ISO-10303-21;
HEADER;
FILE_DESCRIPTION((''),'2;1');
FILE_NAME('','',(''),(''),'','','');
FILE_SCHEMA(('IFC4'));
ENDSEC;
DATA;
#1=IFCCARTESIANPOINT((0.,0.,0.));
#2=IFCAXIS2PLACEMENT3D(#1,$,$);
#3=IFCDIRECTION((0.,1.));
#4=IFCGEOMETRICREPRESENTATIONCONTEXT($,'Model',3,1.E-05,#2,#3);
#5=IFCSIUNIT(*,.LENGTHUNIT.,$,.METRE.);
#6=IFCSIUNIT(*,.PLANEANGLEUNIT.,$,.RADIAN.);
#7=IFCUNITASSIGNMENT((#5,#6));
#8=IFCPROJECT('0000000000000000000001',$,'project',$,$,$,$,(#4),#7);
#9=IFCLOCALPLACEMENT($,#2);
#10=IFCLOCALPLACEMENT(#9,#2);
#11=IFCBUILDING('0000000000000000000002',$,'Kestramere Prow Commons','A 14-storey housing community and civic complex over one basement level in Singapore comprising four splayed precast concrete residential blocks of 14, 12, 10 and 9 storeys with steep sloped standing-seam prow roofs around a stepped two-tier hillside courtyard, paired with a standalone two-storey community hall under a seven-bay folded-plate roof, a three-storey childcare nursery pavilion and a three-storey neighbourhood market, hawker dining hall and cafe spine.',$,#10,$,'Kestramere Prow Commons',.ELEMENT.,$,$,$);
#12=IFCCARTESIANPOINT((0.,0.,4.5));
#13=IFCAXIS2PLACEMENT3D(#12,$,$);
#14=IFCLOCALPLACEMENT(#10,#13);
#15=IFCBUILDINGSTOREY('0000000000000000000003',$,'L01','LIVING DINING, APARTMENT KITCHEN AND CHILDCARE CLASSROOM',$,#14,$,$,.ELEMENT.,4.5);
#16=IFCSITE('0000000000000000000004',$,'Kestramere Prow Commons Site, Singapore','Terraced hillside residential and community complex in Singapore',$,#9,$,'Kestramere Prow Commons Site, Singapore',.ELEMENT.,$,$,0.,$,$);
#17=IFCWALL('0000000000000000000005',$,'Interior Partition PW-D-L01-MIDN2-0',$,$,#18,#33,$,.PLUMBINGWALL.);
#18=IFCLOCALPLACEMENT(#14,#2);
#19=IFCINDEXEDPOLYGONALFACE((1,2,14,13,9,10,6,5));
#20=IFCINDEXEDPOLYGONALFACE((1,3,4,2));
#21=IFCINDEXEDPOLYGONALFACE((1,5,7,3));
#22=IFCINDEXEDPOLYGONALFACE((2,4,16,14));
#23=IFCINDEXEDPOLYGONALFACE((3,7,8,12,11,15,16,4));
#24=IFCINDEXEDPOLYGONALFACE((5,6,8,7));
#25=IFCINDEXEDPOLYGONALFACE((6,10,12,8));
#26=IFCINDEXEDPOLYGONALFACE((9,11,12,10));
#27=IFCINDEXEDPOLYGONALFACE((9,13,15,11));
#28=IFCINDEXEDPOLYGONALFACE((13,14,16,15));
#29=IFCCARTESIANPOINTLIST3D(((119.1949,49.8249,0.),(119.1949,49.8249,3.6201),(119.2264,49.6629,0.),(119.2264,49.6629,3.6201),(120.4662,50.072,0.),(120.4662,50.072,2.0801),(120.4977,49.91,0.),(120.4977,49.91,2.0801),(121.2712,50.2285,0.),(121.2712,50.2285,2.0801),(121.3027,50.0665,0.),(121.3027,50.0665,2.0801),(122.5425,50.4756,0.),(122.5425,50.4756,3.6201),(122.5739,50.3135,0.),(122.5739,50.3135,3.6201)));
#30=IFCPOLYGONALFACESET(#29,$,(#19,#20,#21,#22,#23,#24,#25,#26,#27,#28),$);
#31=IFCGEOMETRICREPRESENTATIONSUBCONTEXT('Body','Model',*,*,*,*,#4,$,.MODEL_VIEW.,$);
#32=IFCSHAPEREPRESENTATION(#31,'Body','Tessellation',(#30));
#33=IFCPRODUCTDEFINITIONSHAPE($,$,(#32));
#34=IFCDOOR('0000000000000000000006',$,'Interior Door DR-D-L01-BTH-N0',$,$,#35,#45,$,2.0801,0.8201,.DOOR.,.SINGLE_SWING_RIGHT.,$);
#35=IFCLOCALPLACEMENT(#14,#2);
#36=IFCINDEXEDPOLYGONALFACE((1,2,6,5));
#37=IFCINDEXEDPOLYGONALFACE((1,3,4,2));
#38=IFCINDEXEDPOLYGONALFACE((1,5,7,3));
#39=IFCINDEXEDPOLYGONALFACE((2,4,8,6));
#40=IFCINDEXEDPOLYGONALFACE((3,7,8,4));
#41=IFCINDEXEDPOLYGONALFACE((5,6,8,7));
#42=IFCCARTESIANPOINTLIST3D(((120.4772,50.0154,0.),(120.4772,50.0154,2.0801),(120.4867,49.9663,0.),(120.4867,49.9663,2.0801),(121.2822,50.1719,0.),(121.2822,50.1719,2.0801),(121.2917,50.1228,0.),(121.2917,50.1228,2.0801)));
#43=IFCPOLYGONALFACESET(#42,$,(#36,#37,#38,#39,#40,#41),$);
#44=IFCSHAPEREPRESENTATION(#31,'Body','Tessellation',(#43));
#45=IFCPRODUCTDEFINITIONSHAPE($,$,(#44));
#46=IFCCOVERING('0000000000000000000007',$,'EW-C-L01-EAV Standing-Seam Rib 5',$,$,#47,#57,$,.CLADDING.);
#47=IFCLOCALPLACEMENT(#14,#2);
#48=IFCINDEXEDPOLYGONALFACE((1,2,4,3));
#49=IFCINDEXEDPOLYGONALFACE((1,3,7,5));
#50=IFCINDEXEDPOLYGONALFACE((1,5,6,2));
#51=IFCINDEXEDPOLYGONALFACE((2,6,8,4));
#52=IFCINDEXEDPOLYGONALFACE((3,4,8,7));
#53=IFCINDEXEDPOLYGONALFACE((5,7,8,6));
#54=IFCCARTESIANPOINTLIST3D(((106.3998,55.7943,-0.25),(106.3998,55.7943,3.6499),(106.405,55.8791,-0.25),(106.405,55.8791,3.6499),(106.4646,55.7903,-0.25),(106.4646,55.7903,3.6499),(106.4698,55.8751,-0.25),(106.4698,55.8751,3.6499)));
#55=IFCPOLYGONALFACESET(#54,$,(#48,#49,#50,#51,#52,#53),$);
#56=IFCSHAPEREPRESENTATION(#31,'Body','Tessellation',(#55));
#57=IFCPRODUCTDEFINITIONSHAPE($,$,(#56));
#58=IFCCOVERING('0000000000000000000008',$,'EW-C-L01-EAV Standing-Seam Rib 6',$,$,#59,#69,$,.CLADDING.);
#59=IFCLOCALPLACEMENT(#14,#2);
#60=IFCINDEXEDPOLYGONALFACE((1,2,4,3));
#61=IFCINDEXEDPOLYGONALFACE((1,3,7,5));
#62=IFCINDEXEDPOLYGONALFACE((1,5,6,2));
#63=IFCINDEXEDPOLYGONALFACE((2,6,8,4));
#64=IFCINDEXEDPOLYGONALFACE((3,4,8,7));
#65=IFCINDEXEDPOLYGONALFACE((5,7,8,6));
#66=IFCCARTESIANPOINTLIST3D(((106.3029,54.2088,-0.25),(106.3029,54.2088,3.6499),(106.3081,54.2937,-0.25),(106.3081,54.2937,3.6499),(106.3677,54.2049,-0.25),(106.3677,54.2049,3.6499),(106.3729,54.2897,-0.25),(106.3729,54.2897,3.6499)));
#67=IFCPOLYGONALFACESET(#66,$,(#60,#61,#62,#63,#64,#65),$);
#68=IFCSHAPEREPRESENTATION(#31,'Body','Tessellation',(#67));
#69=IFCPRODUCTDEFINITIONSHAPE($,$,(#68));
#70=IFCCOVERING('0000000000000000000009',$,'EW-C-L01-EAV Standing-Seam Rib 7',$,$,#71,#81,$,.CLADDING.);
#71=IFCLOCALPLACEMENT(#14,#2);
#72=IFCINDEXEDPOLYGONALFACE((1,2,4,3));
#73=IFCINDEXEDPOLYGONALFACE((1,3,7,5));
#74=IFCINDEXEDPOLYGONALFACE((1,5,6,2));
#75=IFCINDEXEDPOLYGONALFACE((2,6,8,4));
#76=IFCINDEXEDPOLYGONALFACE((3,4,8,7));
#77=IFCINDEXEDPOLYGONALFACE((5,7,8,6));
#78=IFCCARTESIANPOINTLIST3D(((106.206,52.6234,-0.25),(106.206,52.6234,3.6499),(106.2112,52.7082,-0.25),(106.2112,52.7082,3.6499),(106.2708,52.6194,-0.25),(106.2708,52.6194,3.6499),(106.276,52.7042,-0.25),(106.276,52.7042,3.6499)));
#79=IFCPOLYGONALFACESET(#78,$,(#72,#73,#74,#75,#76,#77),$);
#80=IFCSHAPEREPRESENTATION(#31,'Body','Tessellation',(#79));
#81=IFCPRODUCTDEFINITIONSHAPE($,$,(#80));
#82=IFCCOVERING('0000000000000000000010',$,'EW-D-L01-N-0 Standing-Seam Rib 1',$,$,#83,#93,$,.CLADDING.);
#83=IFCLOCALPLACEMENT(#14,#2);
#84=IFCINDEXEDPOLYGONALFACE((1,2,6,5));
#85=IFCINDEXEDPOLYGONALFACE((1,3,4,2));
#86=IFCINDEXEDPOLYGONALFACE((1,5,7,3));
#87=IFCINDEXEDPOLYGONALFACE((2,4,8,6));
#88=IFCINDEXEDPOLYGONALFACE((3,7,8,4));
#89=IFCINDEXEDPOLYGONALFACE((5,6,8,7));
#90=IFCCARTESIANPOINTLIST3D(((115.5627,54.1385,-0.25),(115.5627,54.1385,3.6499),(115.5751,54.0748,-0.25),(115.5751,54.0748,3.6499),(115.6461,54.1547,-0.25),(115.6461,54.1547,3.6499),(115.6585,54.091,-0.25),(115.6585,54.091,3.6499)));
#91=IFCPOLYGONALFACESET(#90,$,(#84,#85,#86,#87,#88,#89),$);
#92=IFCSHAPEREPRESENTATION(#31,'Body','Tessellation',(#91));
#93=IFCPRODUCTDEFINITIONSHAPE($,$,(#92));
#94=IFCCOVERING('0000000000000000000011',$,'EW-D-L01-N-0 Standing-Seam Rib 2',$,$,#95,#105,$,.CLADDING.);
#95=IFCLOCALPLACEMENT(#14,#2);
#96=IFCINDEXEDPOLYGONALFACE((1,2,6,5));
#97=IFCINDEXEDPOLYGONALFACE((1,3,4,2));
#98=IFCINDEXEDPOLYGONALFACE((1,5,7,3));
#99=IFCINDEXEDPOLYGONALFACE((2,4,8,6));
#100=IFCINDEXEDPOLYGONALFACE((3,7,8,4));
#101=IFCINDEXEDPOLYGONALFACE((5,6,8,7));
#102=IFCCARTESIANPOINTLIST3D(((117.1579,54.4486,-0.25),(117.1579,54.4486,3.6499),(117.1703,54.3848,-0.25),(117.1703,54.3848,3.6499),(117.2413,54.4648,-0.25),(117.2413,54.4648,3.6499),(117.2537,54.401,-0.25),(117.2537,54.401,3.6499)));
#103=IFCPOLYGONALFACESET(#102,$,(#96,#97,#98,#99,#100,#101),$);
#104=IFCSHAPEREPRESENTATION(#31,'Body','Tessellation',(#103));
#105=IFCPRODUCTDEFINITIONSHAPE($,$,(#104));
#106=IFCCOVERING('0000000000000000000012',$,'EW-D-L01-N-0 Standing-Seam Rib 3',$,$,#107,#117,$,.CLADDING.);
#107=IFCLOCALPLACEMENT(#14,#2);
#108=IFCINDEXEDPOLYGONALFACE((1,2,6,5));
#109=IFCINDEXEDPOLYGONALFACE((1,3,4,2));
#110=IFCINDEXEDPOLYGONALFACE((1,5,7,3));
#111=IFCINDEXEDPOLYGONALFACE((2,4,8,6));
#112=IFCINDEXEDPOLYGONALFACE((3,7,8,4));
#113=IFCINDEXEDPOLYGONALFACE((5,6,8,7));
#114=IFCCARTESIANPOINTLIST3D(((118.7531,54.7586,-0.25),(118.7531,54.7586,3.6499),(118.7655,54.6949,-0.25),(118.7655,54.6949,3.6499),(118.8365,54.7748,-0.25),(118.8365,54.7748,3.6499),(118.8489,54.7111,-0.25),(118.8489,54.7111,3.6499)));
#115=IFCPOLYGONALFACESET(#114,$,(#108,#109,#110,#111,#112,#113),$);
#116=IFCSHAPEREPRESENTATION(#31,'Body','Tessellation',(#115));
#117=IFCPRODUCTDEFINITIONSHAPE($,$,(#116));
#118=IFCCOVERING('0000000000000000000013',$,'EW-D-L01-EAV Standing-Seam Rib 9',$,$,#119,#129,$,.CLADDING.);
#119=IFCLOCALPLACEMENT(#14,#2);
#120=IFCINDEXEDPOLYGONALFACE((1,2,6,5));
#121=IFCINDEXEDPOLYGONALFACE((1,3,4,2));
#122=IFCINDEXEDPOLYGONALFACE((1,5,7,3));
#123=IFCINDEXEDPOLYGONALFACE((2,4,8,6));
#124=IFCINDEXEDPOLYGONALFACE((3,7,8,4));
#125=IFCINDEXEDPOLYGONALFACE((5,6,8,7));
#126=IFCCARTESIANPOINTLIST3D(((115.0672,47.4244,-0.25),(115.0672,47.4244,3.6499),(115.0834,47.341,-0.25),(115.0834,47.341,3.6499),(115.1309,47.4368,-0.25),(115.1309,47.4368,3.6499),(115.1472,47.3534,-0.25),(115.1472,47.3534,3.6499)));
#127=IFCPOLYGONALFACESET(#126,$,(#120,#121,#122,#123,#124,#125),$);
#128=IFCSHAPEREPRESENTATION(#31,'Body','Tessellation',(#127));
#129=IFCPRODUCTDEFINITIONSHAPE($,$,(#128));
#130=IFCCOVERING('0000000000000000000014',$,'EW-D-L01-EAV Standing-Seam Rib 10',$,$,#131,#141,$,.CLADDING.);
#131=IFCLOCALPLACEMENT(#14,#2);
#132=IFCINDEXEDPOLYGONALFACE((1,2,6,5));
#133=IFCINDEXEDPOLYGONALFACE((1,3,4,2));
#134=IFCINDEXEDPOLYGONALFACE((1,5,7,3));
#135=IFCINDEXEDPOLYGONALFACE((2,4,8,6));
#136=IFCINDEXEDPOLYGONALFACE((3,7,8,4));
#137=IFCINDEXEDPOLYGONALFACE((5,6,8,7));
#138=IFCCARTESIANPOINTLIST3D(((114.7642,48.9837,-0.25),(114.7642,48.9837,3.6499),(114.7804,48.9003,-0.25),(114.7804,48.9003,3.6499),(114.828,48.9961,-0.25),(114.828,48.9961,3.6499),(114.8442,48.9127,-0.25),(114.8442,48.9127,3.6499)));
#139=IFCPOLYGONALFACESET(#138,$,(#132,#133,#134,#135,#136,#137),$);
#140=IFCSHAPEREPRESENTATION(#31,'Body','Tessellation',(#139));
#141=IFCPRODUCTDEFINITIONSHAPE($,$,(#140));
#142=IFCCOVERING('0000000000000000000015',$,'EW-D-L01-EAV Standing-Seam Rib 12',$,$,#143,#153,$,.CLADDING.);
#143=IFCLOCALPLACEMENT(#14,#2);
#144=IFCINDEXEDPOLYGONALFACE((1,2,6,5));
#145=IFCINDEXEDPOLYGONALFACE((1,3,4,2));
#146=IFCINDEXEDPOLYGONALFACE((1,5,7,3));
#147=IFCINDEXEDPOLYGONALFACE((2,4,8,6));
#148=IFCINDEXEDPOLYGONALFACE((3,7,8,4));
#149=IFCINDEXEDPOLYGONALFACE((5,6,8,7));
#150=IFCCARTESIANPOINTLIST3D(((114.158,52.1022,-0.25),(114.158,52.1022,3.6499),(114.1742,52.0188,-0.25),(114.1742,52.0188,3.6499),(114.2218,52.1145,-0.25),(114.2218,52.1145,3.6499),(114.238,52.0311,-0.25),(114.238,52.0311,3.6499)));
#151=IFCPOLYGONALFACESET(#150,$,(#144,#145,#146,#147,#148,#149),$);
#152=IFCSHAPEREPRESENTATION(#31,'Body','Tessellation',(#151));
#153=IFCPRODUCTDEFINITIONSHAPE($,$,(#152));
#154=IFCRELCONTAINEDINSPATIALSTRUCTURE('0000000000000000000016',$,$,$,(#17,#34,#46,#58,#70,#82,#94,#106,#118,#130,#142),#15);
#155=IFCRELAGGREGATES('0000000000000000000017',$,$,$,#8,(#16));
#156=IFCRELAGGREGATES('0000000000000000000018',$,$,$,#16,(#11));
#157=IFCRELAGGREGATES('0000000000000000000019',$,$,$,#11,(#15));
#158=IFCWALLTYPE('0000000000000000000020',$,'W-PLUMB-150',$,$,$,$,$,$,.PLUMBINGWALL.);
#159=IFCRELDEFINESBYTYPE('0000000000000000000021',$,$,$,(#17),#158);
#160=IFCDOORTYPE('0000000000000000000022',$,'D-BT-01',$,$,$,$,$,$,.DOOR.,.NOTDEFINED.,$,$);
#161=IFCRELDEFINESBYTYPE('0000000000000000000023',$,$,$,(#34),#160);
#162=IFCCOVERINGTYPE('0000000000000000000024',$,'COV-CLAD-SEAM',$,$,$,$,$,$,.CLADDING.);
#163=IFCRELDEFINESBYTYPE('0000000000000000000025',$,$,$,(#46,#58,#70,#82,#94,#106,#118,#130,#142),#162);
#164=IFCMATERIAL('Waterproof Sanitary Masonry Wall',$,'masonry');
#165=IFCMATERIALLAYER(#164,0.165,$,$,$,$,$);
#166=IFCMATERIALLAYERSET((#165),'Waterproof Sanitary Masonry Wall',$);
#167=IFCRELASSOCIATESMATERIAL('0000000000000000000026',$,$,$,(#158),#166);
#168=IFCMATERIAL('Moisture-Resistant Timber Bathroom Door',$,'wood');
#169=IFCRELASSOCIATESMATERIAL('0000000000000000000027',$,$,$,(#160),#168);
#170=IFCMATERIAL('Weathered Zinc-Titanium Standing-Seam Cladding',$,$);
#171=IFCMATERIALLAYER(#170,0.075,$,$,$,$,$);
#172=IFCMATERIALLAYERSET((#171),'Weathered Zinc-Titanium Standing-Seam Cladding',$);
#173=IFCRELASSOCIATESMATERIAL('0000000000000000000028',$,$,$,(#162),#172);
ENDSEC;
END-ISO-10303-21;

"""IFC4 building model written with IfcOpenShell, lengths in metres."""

from ifc_helpers import new_model, si_unit, direction, frame, frame_2d, origin, origin_2d, place, context, subcontext, project, spatial, rectangle, extrude, material, layer, layer_set, type_object, element, fill, save


model = new_model("IFC4")

# Units and contexts
model_context = context("Model", 3, precision=1e-05, world=origin(), true_north=direction((0.0, 1.0)))
body_context = subcontext(model_context, "Body", "Model", "MODEL_VIEW")
ifc_project = project(units=[si_unit("LENGTHUNIT", "METRE"), si_unit("PLANEANGLEUNIT", "RADIAN")], contexts=[model_context])

# Site, building, storey
site_placement = place(None, origin())
site = spatial("IfcSite", under=ifc_project, at=site_placement, Name="Kestramere Prow Commons Site, Singapore", Description="Terraced hillside residential and community complex in Singapore", LongName="Kestramere Prow Commons Site, Singapore", CompositionType="ELEMENT", RefElevation=0.0)
building_placement = place(site_placement, origin())
building = spatial("IfcBuilding", under=site, at=building_placement, Name="Kestramere Prow Commons", Description="A 14-storey housing community and civic complex over one basement level in Singapore comprising four splayed precast concrete residential blocks of 14, 12, 10 and 9 storeys with steep sloped standing-seam prow roofs around a stepped two-tier hillside courtyard, paired with a standalone two-storey community hall under a seven-bay folded-plate roof, a three-storey childcare nursery pavilion and a three-storey neighbourhood market, hawker dining hall and cafe spine.", LongName="Kestramere Prow Commons", CompositionType="ELEMENT")
storey_placement = place(building_placement, frame((0.0, 0.0, 4.5)))
storey = spatial("IfcBuildingStorey", under=building, at=storey_placement, Name="L01", Description="LIVING DINING, APARTMENT KITCHEN AND CHILDCARE CLASSROOM", CompositionType="ELEMENT", Elevation=4.5)

# Wall, opening, door
ifc_material_1 = material(Name="Waterproof Sanitary Masonry Wall", Category="masonry")
ifc_layer_1 = layer(ifc_material_1, 0.165)
ifc_layer_set_1 = layer_set([ifc_layer_1], Name="Waterproof Sanitary Masonry Wall")
wall_type_1 = type_object("IfcWallType", Name="W-PLUMB-150", PredefinedType="PLUMBINGWALL", material=ifc_layer_set_1)
wall_1_placement = place(storey_placement, frame((119.2107, 49.7439, 0.0), z_axis=(0.0, 0.0, 1.0), x_axis=(0.981629, 0.190799, 0.0)))
wall_1 = element("IfcWall", 1, at=wall_1_placement, inside=storey, type_object=wall_type_1, Name="Interior Partition PW-D-L01-MIDN2-0", PredefinedType="PLUMBINGWALL", context=body_context, shape_type="SweptSolid", body=[
    extrude(rectangle(XDim=3.4102, YDim=0.165, at=frame_2d((1.7051, 0.0))), origin(), (0.0, 0.0, 1.0), 3.6201),
])
opening_1_placement = place(wall_1_placement, frame((1.2949, 0.0, 0.0)))
opening_1 = element("IfcOpeningElement", 2, at=opening_1_placement, cuts=wall_1, PredefinedType="OPENING", context=body_context, shape_type="SweptSolid", body=[
    extrude(rectangle(XDim=0.8201, YDim=2.0801, at=frame_2d((0.4102, 1.04))), frame((0.0, 0.0974, 0.0), z_axis=(0.0, -1.0, 0.0), x_axis=(1.0, 0.0, 0.0)), (0.0, 0.0, 1.0), 0.1951),
])
ifc_material_2 = material(Name="Moisture-Resistant Timber Bathroom Door", Category="wood")
door_type_1 = type_object("IfcDoorType", Name="D-BT-01", OperationType="NOTDEFINED", PredefinedType="DOOR", material=ifc_material_2)
door_1_placement = place(opening_1_placement, origin())
door_1 = element("IfcDoor", 3, at=door_1_placement, inside=storey, type_object=door_type_1, Name="Interior Door DR-D-L01-BTH-N0", OperationType="SINGLE_SWING_RIGHT", OverallHeight=2.0801, OverallWidth=0.8201, PredefinedType="DOOR", context=body_context, shape_type="SweptSolid", body=[
    extrude(rectangle(XDim=0.8201, YDim=2.0801, at=frame_2d((0.4102, 1.04))), frame((0.0, 0.0249, 0.0), z_axis=(0.0, -1.0, 0.0), x_axis=(1.0, 0.0, 0.0)), (0.0, 0.0, 1.0), 0.05),
])
fill(opening_1, door_1)

# Coverings
ifc_material_3 = material(Name="Weathered Zinc-Titanium Standing-Seam Cladding")
ifc_layer_2 = layer(ifc_material_3, 0.075)
ifc_layer_set_2 = layer_set([ifc_layer_2], Name="Weathered Zinc-Titanium Standing-Seam Cladding")
covering_type = type_object("IfcCoveringType", Name="COV-CLAD-SEAM", PredefinedType="CLADDING", material=ifc_layer_set_2)
for number, where, z_axis, x_axis, name in (
    (4, (106.4348, 55.8347, -0.25), (0.0, 0.0, 1.0), (-0.061049, -0.998135, 0.0), "EW-C-L01-EAV Standing-Seam Rib 5"),
    (5, (106.3379, 54.2493, -0.25), (0.0, 0.0, 1.0), (-0.061049, -0.998135, 0.0), "EW-C-L01-EAV Standing-Seam Rib 6"),
    (6, (106.241, 52.6638, -0.25), (0.0, 0.0, 1.0), (-0.061049, -0.998135, 0.0), "EW-C-L01-EAV Standing-Seam Rib 7"),
    (7, (115.6106, 54.1147, -0.25), (0.0, 0.0, 1.0), (0.981627, 0.190809, 0.0), "EW-D-L01-N-0 Standing-Seam Rib 1"),
    (8, (117.2058, 54.4248, -0.25), (0.0, 0.0, 1.0), (0.981627, 0.190809, 0.0), "EW-D-L01-N-0 Standing-Seam Rib 2"),
    (9, (118.801, 54.7349, -0.25), (0.0, 0.0, 1.0), (0.981627, 0.190809, 0.0), "EW-D-L01-N-0 Standing-Seam Rib 3"),
    (10, (115.1072, 47.3889, -0.25), (0.0, 0.0, 1.0), (-0.190809, 0.981627, 0.0), "EW-D-L01-EAV Standing-Seam Rib 9"),
    (11, (114.8042, 48.9482, -0.25), (0.0, 0.0, 1.0), (-0.190809, 0.981627, 0.0), "EW-D-L01-EAV Standing-Seam Rib 10"),
    (12, (114.198, 52.0667, -0.25), (0.0, 0.0, 1.0), (-0.190809, 0.981627, 0.0), "EW-D-L01-EAV Standing-Seam Rib 12"),
):
    element("IfcCovering", number, at=place(storey_placement, frame(where, z_axis=z_axis, x_axis=x_axis)), inside=storey, type_object=covering_type, Name=name, PredefinedType="CLADDING", context=body_context, shape_type="SweptSolid", body=[
        extrude(rectangle(XDim=0.085, YDim=0.0649, at=origin_2d()), origin(), (0.0, 0.0, 1.0), 3.8999),
    ])

save(model, "model.ifc")
